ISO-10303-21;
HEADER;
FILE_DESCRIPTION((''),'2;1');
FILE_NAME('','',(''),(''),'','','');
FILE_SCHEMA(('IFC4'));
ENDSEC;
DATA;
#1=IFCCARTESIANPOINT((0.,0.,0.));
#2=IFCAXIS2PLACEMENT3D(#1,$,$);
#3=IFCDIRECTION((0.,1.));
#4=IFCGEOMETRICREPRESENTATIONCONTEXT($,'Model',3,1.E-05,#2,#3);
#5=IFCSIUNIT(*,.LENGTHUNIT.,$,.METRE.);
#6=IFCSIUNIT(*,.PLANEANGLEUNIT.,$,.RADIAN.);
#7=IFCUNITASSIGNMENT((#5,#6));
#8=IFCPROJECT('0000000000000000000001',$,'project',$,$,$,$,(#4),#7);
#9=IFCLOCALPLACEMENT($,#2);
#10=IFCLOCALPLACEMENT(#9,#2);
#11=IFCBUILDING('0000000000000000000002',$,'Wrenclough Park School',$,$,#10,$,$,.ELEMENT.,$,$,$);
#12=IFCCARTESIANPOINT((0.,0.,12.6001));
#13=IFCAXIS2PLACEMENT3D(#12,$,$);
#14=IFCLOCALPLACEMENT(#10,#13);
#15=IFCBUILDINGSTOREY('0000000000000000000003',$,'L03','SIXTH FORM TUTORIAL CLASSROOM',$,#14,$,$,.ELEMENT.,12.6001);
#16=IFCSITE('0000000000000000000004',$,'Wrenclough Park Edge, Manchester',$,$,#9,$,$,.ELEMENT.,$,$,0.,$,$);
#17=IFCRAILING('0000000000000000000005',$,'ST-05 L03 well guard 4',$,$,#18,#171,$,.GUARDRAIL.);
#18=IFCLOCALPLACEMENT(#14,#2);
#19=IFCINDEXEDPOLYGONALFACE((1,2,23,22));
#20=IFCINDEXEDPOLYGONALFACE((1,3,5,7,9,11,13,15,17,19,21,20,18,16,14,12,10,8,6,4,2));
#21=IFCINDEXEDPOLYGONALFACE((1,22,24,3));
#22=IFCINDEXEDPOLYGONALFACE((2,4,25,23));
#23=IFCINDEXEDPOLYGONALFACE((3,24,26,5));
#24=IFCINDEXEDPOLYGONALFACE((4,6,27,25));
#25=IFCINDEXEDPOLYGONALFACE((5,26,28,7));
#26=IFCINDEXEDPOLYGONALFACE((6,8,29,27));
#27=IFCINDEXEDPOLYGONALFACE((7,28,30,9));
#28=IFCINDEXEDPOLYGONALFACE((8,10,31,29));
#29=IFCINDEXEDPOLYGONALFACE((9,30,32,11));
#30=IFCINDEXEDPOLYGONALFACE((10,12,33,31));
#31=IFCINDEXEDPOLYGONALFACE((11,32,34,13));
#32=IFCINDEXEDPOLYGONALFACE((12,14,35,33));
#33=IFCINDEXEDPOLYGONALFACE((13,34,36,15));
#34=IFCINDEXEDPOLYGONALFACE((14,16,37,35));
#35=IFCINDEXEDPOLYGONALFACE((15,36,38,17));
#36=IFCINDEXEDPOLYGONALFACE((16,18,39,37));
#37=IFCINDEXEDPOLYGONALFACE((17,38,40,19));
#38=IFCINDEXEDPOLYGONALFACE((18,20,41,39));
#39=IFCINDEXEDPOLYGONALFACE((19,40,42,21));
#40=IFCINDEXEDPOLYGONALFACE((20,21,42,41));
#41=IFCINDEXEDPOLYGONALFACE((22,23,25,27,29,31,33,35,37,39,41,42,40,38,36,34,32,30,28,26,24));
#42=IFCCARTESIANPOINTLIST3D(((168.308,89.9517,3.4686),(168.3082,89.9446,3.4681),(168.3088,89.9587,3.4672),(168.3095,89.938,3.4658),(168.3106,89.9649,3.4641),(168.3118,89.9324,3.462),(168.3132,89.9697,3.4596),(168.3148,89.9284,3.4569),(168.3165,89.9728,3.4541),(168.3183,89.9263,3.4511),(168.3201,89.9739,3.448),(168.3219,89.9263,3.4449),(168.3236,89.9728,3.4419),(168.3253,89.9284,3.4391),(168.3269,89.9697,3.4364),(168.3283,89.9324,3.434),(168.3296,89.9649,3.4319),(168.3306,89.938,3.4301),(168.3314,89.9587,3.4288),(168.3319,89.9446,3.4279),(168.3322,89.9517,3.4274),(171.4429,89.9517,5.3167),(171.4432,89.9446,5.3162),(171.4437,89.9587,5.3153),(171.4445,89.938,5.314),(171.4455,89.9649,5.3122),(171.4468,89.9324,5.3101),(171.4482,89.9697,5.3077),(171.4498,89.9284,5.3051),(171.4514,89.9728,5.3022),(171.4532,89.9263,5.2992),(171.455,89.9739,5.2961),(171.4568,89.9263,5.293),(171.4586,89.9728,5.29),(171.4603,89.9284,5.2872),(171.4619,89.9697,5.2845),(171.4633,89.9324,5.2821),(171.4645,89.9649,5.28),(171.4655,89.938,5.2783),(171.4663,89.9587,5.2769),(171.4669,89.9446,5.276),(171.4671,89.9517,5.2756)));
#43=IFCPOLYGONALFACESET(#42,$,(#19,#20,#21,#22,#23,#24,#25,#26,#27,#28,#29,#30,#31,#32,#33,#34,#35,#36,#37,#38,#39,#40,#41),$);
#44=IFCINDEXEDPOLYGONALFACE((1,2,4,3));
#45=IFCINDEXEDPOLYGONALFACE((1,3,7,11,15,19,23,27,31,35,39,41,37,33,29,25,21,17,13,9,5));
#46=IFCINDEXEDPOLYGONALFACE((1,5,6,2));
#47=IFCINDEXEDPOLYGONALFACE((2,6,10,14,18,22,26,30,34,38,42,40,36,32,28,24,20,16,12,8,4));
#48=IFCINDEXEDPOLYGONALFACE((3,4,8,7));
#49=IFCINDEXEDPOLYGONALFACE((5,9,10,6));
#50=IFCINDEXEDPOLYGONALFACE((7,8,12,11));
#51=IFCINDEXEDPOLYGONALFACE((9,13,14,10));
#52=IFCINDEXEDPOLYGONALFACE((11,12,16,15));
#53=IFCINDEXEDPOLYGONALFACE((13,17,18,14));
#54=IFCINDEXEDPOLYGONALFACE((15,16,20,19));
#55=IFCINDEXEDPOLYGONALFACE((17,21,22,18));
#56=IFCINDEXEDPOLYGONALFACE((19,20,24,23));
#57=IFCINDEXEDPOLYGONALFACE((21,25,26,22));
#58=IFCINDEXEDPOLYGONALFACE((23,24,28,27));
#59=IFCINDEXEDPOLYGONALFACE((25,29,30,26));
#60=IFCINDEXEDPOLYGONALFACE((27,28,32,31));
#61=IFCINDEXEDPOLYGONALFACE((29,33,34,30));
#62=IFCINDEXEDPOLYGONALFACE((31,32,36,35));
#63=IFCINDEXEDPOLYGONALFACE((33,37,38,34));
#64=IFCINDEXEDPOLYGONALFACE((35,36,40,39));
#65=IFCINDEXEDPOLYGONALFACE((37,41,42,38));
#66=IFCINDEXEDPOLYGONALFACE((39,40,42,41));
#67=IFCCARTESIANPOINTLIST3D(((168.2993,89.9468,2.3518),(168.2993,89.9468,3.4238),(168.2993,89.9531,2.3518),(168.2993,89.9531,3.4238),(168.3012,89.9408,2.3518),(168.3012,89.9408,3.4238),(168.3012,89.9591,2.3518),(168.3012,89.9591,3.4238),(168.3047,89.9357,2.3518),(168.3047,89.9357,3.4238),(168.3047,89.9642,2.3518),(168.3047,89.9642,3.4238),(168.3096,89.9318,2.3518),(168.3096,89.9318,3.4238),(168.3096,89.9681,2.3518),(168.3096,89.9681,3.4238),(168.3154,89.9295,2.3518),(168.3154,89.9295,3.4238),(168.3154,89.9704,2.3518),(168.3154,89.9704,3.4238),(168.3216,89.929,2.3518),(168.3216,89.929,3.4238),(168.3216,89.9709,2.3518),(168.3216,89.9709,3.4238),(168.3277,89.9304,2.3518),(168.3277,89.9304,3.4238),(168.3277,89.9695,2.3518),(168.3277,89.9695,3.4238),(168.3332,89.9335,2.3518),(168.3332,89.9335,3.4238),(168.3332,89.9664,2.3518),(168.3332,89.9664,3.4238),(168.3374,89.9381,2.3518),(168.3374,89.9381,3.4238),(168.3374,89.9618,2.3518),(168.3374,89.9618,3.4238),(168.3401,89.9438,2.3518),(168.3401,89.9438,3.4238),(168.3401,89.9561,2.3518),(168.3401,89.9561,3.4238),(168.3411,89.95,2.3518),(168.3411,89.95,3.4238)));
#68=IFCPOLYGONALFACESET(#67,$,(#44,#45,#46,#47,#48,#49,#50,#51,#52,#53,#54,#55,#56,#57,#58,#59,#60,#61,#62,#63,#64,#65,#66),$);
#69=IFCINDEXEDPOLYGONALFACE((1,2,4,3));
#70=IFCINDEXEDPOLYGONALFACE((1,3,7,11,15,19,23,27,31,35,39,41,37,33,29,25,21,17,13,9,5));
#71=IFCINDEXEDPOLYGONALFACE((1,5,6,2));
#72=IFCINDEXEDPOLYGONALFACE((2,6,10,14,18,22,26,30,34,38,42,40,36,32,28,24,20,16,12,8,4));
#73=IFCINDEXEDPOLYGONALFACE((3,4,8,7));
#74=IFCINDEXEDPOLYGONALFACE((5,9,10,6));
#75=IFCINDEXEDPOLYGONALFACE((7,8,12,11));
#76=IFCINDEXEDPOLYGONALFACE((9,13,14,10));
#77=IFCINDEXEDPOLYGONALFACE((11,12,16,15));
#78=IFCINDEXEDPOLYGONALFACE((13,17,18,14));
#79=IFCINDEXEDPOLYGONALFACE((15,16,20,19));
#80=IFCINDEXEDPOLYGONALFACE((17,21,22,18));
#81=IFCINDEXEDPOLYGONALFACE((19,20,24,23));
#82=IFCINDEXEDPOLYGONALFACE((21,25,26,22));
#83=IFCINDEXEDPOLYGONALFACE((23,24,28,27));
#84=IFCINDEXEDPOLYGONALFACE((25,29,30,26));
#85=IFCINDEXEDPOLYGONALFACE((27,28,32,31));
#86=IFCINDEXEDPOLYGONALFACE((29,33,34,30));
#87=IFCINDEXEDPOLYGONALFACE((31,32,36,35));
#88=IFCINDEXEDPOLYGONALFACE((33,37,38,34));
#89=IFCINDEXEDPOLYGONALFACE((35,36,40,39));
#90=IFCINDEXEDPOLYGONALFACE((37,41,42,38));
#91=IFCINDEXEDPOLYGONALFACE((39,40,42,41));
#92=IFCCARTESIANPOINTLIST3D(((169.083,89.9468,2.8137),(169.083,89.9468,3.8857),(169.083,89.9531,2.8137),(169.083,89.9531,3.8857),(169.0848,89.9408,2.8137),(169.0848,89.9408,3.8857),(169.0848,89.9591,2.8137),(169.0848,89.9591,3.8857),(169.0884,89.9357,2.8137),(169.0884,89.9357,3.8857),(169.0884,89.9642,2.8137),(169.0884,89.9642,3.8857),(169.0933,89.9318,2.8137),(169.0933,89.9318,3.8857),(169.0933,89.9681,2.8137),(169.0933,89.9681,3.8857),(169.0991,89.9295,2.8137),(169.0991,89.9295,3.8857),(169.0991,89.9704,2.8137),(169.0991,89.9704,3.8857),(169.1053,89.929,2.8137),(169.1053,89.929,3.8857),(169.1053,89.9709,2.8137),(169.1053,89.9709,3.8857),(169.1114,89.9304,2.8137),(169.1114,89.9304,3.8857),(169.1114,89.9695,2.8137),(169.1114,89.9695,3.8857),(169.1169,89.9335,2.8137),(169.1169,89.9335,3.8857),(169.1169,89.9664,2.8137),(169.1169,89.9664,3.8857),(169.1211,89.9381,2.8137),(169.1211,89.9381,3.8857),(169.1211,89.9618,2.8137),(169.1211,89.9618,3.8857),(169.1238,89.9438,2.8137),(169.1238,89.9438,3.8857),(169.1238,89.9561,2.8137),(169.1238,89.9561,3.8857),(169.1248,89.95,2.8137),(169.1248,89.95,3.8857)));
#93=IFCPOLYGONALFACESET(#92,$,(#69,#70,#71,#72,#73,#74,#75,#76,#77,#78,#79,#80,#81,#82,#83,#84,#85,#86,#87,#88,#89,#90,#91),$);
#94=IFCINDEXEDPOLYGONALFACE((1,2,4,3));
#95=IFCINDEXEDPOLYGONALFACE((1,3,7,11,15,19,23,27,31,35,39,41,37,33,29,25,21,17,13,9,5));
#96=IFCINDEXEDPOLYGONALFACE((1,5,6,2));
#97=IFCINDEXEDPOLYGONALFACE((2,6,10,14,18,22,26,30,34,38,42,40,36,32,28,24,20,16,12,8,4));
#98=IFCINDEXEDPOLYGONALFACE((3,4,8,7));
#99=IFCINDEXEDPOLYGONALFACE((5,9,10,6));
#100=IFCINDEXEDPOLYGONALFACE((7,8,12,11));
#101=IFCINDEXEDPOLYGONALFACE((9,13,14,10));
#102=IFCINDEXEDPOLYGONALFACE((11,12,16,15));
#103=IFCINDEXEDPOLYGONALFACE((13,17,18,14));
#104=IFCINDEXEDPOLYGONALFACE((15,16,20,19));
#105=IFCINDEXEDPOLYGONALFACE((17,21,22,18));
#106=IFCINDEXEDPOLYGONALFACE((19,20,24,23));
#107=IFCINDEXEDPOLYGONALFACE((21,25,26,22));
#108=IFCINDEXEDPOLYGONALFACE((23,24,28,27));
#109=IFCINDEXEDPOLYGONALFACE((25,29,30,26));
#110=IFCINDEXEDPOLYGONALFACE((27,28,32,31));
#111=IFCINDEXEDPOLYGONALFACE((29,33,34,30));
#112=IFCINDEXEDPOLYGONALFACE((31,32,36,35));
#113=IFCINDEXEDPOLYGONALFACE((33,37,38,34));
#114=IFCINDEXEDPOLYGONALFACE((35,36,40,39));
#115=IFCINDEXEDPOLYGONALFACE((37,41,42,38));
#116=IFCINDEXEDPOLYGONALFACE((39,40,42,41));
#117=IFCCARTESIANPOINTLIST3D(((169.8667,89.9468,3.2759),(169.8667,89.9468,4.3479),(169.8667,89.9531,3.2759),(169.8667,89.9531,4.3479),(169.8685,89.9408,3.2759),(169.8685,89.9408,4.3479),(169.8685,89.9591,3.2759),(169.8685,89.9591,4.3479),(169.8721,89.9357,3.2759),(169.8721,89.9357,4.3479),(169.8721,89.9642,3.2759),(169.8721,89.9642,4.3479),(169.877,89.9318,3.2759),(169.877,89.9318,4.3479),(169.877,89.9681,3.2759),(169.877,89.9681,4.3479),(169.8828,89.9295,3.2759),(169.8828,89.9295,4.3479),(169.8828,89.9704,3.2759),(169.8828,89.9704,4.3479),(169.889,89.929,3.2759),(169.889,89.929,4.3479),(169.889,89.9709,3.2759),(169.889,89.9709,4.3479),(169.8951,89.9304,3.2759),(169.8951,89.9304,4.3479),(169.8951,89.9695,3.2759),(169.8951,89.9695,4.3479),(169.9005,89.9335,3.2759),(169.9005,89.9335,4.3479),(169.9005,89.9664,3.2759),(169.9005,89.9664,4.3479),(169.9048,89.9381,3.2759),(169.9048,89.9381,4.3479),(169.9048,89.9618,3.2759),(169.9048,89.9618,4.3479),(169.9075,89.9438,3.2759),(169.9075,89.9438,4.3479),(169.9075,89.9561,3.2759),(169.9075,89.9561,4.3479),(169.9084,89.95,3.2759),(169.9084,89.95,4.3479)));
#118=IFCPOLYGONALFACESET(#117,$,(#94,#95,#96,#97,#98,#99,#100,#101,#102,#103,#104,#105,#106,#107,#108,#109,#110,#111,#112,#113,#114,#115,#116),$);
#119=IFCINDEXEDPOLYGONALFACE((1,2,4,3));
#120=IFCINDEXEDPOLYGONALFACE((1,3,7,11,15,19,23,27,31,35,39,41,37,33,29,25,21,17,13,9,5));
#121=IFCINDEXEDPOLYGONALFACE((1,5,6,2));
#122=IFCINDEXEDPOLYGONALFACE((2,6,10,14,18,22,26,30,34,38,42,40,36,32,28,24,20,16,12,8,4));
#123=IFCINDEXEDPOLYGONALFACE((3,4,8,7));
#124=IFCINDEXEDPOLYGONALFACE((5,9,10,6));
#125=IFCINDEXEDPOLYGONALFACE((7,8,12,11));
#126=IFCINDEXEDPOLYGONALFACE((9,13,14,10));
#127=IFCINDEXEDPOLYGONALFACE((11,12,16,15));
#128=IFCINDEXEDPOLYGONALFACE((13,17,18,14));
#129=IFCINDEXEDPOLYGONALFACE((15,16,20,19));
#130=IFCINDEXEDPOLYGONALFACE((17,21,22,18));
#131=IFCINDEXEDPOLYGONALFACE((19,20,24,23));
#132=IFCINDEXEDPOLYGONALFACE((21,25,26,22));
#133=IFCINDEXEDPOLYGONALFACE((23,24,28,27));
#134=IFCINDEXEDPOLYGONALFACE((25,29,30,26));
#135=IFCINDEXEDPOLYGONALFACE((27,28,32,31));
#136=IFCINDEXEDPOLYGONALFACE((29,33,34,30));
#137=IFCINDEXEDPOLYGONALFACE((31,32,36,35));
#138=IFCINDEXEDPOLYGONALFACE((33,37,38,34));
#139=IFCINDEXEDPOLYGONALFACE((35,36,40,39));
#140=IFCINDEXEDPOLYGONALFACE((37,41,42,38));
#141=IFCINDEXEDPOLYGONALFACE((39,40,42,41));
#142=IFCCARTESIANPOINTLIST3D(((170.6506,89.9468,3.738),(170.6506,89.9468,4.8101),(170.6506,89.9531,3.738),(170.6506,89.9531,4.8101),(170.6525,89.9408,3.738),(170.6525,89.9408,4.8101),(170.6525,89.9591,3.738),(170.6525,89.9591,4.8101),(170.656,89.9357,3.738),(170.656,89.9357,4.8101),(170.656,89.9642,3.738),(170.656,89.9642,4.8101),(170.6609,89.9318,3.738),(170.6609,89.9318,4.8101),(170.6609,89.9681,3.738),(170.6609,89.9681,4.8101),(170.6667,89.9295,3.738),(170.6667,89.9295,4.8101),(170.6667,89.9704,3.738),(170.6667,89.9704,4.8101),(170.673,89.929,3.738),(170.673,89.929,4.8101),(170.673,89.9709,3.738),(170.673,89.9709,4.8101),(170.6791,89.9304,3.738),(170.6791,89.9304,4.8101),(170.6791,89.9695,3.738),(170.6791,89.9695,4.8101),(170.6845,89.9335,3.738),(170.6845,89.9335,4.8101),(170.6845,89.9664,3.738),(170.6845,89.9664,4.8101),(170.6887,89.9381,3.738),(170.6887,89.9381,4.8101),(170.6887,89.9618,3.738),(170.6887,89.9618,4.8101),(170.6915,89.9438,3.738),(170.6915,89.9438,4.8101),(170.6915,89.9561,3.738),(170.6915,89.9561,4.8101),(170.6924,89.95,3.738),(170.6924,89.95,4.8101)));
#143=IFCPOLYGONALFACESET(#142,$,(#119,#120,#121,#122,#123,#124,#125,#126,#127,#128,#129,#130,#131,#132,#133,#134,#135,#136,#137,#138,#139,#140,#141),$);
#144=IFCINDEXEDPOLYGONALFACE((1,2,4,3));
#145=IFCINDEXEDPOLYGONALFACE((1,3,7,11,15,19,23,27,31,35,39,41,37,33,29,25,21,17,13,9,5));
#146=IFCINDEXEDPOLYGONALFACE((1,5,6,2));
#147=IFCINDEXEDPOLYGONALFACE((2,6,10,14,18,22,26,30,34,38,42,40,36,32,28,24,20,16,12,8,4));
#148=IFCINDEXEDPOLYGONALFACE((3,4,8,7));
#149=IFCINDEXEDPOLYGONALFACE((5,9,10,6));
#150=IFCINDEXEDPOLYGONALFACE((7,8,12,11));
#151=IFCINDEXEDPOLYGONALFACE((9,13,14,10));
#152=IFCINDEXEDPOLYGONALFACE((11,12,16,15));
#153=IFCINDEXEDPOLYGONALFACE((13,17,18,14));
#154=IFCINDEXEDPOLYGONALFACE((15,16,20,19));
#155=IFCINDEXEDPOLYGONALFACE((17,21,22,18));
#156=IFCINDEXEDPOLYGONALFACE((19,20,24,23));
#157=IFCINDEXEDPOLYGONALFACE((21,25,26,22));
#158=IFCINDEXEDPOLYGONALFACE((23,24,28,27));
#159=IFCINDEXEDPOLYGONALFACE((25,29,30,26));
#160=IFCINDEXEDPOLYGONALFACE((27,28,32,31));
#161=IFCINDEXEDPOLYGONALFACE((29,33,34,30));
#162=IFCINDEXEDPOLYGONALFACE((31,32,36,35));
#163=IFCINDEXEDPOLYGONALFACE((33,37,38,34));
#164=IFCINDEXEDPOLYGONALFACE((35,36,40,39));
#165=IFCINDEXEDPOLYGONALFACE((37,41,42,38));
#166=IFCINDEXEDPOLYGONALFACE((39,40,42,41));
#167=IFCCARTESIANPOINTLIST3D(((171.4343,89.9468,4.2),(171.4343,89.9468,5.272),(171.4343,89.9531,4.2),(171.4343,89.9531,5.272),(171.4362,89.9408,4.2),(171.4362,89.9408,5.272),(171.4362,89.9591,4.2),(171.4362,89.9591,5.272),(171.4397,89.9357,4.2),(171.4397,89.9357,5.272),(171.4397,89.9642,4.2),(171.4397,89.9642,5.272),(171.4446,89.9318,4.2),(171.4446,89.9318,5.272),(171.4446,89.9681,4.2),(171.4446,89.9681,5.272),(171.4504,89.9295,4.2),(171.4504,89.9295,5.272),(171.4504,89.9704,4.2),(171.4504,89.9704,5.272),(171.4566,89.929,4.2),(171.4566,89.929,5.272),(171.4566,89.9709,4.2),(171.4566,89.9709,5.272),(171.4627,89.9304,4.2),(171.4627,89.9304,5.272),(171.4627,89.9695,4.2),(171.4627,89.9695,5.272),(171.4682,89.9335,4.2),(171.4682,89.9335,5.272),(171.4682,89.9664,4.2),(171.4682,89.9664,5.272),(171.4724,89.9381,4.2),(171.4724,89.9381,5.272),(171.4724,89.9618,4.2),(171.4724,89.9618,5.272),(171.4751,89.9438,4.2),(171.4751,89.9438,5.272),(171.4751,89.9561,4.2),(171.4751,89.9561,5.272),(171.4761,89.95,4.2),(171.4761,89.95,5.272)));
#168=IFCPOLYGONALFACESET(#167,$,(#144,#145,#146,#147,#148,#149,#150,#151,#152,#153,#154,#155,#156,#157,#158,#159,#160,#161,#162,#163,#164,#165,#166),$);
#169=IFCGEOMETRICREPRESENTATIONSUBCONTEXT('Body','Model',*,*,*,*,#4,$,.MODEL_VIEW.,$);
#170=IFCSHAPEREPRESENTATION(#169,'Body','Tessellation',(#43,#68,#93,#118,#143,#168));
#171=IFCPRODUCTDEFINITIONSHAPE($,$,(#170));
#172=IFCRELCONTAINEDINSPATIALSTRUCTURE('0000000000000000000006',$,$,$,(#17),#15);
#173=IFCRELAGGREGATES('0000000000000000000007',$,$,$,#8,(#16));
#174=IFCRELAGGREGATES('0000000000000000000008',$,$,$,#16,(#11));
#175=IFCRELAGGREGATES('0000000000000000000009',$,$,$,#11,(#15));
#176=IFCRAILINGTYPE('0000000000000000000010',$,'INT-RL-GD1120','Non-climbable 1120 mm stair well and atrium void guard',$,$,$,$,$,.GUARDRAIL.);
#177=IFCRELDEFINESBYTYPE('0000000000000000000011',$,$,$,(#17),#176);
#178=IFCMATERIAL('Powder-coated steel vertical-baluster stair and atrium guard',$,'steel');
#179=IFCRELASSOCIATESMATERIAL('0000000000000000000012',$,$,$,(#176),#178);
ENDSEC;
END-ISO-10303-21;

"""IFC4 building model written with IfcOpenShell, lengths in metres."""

from ifc_helpers import new_model, si_unit, direction, frame, origin, origin_2d, place, context, subcontext, project, spatial, circle, extrude, material, type_object, element, save


model = new_model("IFC4")

# Units and contexts
model_context = context("Model", 3, precision=1e-05, world=origin(), true_north=direction((0.0, 1.0)))
body_context = subcontext(model_context, "Body", "Model", "MODEL_VIEW")
ifc_project = project(units=[si_unit("LENGTHUNIT", "METRE"), si_unit("PLANEANGLEUNIT", "RADIAN")], contexts=[model_context])

# Site, building, storey
site_placement = place(None, origin())
site = spatial("IfcSite", under=ifc_project, at=site_placement, Name="Wrenclough Park Edge, Manchester", CompositionType="ELEMENT", RefElevation=0.0)
building_placement = place(site_placement, origin())
building = spatial("IfcBuilding", under=site, at=building_placement, Name="Wrenclough Park School", CompositionType="ELEMENT")
storey_placement = place(building_placement, frame((0.0, 0.0, 12.6001)))
storey = spatial("IfcBuildingStorey", under=building, at=storey_placement, Name="L03", Description="SIXTH FORM TUTORIAL CLASSROOM", CompositionType="ELEMENT", Elevation=12.6001)

# Railing
ifc_material_1 = material(Name="Powder-coated steel vertical-baluster stair and atrium guard", Category="steel")
railing_type_1 = type_object("IfcRailingType", Name="INT-RL-GD1120", Description="Non-climbable 1120 mm stair well and atrium void guard", PredefinedType="GUARDRAIL", material=ifc_material_1)
railing_1_placement = place(storey_placement, frame((168.3201, 89.95, 2.3518)))
element("IfcRailing", 1, at=railing_1_placement, inside=storey, type_object=railing_type_1, Name="ST-05 L03 well guard 4", PredefinedType="GUARDRAIL", context=body_context, shape_type="SweptSolid", body=[
    extrude(circle(Radius=0.0239, at=origin_2d()), frame((0.0, 0.0, 1.0962), z_axis=(0.861451, 0.0, 0.507841), x_axis=(0.0, 1.0, 0.0)), (0.0, 0.0, 1.0), 3.6392),
    extrude(circle(Radius=0.021, at=origin_2d()), origin(), (0.0, 0.0, 1.0), 1.072),
    extrude(circle(Radius=0.021, at=origin_2d()), frame((0.7837, 0.0, 0.4619)), (0.0, 0.0, 1.0), 1.072),
    extrude(circle(Radius=0.021, at=origin_2d()), frame((1.5674, 0.0, 0.9241)), (0.0, 0.0, 1.0), 1.072),
    extrude(circle(Radius=0.021, at=origin_2d()), frame((2.3513, 0.0, 1.3862)), (0.0, 0.0, 1.0), 1.072),
    extrude(circle(Radius=0.021, at=origin_2d()), frame((3.135, 0.0, 1.8481)), (0.0, 0.0, 1.0), 1.072),
])

save(model, "model.ifc")
